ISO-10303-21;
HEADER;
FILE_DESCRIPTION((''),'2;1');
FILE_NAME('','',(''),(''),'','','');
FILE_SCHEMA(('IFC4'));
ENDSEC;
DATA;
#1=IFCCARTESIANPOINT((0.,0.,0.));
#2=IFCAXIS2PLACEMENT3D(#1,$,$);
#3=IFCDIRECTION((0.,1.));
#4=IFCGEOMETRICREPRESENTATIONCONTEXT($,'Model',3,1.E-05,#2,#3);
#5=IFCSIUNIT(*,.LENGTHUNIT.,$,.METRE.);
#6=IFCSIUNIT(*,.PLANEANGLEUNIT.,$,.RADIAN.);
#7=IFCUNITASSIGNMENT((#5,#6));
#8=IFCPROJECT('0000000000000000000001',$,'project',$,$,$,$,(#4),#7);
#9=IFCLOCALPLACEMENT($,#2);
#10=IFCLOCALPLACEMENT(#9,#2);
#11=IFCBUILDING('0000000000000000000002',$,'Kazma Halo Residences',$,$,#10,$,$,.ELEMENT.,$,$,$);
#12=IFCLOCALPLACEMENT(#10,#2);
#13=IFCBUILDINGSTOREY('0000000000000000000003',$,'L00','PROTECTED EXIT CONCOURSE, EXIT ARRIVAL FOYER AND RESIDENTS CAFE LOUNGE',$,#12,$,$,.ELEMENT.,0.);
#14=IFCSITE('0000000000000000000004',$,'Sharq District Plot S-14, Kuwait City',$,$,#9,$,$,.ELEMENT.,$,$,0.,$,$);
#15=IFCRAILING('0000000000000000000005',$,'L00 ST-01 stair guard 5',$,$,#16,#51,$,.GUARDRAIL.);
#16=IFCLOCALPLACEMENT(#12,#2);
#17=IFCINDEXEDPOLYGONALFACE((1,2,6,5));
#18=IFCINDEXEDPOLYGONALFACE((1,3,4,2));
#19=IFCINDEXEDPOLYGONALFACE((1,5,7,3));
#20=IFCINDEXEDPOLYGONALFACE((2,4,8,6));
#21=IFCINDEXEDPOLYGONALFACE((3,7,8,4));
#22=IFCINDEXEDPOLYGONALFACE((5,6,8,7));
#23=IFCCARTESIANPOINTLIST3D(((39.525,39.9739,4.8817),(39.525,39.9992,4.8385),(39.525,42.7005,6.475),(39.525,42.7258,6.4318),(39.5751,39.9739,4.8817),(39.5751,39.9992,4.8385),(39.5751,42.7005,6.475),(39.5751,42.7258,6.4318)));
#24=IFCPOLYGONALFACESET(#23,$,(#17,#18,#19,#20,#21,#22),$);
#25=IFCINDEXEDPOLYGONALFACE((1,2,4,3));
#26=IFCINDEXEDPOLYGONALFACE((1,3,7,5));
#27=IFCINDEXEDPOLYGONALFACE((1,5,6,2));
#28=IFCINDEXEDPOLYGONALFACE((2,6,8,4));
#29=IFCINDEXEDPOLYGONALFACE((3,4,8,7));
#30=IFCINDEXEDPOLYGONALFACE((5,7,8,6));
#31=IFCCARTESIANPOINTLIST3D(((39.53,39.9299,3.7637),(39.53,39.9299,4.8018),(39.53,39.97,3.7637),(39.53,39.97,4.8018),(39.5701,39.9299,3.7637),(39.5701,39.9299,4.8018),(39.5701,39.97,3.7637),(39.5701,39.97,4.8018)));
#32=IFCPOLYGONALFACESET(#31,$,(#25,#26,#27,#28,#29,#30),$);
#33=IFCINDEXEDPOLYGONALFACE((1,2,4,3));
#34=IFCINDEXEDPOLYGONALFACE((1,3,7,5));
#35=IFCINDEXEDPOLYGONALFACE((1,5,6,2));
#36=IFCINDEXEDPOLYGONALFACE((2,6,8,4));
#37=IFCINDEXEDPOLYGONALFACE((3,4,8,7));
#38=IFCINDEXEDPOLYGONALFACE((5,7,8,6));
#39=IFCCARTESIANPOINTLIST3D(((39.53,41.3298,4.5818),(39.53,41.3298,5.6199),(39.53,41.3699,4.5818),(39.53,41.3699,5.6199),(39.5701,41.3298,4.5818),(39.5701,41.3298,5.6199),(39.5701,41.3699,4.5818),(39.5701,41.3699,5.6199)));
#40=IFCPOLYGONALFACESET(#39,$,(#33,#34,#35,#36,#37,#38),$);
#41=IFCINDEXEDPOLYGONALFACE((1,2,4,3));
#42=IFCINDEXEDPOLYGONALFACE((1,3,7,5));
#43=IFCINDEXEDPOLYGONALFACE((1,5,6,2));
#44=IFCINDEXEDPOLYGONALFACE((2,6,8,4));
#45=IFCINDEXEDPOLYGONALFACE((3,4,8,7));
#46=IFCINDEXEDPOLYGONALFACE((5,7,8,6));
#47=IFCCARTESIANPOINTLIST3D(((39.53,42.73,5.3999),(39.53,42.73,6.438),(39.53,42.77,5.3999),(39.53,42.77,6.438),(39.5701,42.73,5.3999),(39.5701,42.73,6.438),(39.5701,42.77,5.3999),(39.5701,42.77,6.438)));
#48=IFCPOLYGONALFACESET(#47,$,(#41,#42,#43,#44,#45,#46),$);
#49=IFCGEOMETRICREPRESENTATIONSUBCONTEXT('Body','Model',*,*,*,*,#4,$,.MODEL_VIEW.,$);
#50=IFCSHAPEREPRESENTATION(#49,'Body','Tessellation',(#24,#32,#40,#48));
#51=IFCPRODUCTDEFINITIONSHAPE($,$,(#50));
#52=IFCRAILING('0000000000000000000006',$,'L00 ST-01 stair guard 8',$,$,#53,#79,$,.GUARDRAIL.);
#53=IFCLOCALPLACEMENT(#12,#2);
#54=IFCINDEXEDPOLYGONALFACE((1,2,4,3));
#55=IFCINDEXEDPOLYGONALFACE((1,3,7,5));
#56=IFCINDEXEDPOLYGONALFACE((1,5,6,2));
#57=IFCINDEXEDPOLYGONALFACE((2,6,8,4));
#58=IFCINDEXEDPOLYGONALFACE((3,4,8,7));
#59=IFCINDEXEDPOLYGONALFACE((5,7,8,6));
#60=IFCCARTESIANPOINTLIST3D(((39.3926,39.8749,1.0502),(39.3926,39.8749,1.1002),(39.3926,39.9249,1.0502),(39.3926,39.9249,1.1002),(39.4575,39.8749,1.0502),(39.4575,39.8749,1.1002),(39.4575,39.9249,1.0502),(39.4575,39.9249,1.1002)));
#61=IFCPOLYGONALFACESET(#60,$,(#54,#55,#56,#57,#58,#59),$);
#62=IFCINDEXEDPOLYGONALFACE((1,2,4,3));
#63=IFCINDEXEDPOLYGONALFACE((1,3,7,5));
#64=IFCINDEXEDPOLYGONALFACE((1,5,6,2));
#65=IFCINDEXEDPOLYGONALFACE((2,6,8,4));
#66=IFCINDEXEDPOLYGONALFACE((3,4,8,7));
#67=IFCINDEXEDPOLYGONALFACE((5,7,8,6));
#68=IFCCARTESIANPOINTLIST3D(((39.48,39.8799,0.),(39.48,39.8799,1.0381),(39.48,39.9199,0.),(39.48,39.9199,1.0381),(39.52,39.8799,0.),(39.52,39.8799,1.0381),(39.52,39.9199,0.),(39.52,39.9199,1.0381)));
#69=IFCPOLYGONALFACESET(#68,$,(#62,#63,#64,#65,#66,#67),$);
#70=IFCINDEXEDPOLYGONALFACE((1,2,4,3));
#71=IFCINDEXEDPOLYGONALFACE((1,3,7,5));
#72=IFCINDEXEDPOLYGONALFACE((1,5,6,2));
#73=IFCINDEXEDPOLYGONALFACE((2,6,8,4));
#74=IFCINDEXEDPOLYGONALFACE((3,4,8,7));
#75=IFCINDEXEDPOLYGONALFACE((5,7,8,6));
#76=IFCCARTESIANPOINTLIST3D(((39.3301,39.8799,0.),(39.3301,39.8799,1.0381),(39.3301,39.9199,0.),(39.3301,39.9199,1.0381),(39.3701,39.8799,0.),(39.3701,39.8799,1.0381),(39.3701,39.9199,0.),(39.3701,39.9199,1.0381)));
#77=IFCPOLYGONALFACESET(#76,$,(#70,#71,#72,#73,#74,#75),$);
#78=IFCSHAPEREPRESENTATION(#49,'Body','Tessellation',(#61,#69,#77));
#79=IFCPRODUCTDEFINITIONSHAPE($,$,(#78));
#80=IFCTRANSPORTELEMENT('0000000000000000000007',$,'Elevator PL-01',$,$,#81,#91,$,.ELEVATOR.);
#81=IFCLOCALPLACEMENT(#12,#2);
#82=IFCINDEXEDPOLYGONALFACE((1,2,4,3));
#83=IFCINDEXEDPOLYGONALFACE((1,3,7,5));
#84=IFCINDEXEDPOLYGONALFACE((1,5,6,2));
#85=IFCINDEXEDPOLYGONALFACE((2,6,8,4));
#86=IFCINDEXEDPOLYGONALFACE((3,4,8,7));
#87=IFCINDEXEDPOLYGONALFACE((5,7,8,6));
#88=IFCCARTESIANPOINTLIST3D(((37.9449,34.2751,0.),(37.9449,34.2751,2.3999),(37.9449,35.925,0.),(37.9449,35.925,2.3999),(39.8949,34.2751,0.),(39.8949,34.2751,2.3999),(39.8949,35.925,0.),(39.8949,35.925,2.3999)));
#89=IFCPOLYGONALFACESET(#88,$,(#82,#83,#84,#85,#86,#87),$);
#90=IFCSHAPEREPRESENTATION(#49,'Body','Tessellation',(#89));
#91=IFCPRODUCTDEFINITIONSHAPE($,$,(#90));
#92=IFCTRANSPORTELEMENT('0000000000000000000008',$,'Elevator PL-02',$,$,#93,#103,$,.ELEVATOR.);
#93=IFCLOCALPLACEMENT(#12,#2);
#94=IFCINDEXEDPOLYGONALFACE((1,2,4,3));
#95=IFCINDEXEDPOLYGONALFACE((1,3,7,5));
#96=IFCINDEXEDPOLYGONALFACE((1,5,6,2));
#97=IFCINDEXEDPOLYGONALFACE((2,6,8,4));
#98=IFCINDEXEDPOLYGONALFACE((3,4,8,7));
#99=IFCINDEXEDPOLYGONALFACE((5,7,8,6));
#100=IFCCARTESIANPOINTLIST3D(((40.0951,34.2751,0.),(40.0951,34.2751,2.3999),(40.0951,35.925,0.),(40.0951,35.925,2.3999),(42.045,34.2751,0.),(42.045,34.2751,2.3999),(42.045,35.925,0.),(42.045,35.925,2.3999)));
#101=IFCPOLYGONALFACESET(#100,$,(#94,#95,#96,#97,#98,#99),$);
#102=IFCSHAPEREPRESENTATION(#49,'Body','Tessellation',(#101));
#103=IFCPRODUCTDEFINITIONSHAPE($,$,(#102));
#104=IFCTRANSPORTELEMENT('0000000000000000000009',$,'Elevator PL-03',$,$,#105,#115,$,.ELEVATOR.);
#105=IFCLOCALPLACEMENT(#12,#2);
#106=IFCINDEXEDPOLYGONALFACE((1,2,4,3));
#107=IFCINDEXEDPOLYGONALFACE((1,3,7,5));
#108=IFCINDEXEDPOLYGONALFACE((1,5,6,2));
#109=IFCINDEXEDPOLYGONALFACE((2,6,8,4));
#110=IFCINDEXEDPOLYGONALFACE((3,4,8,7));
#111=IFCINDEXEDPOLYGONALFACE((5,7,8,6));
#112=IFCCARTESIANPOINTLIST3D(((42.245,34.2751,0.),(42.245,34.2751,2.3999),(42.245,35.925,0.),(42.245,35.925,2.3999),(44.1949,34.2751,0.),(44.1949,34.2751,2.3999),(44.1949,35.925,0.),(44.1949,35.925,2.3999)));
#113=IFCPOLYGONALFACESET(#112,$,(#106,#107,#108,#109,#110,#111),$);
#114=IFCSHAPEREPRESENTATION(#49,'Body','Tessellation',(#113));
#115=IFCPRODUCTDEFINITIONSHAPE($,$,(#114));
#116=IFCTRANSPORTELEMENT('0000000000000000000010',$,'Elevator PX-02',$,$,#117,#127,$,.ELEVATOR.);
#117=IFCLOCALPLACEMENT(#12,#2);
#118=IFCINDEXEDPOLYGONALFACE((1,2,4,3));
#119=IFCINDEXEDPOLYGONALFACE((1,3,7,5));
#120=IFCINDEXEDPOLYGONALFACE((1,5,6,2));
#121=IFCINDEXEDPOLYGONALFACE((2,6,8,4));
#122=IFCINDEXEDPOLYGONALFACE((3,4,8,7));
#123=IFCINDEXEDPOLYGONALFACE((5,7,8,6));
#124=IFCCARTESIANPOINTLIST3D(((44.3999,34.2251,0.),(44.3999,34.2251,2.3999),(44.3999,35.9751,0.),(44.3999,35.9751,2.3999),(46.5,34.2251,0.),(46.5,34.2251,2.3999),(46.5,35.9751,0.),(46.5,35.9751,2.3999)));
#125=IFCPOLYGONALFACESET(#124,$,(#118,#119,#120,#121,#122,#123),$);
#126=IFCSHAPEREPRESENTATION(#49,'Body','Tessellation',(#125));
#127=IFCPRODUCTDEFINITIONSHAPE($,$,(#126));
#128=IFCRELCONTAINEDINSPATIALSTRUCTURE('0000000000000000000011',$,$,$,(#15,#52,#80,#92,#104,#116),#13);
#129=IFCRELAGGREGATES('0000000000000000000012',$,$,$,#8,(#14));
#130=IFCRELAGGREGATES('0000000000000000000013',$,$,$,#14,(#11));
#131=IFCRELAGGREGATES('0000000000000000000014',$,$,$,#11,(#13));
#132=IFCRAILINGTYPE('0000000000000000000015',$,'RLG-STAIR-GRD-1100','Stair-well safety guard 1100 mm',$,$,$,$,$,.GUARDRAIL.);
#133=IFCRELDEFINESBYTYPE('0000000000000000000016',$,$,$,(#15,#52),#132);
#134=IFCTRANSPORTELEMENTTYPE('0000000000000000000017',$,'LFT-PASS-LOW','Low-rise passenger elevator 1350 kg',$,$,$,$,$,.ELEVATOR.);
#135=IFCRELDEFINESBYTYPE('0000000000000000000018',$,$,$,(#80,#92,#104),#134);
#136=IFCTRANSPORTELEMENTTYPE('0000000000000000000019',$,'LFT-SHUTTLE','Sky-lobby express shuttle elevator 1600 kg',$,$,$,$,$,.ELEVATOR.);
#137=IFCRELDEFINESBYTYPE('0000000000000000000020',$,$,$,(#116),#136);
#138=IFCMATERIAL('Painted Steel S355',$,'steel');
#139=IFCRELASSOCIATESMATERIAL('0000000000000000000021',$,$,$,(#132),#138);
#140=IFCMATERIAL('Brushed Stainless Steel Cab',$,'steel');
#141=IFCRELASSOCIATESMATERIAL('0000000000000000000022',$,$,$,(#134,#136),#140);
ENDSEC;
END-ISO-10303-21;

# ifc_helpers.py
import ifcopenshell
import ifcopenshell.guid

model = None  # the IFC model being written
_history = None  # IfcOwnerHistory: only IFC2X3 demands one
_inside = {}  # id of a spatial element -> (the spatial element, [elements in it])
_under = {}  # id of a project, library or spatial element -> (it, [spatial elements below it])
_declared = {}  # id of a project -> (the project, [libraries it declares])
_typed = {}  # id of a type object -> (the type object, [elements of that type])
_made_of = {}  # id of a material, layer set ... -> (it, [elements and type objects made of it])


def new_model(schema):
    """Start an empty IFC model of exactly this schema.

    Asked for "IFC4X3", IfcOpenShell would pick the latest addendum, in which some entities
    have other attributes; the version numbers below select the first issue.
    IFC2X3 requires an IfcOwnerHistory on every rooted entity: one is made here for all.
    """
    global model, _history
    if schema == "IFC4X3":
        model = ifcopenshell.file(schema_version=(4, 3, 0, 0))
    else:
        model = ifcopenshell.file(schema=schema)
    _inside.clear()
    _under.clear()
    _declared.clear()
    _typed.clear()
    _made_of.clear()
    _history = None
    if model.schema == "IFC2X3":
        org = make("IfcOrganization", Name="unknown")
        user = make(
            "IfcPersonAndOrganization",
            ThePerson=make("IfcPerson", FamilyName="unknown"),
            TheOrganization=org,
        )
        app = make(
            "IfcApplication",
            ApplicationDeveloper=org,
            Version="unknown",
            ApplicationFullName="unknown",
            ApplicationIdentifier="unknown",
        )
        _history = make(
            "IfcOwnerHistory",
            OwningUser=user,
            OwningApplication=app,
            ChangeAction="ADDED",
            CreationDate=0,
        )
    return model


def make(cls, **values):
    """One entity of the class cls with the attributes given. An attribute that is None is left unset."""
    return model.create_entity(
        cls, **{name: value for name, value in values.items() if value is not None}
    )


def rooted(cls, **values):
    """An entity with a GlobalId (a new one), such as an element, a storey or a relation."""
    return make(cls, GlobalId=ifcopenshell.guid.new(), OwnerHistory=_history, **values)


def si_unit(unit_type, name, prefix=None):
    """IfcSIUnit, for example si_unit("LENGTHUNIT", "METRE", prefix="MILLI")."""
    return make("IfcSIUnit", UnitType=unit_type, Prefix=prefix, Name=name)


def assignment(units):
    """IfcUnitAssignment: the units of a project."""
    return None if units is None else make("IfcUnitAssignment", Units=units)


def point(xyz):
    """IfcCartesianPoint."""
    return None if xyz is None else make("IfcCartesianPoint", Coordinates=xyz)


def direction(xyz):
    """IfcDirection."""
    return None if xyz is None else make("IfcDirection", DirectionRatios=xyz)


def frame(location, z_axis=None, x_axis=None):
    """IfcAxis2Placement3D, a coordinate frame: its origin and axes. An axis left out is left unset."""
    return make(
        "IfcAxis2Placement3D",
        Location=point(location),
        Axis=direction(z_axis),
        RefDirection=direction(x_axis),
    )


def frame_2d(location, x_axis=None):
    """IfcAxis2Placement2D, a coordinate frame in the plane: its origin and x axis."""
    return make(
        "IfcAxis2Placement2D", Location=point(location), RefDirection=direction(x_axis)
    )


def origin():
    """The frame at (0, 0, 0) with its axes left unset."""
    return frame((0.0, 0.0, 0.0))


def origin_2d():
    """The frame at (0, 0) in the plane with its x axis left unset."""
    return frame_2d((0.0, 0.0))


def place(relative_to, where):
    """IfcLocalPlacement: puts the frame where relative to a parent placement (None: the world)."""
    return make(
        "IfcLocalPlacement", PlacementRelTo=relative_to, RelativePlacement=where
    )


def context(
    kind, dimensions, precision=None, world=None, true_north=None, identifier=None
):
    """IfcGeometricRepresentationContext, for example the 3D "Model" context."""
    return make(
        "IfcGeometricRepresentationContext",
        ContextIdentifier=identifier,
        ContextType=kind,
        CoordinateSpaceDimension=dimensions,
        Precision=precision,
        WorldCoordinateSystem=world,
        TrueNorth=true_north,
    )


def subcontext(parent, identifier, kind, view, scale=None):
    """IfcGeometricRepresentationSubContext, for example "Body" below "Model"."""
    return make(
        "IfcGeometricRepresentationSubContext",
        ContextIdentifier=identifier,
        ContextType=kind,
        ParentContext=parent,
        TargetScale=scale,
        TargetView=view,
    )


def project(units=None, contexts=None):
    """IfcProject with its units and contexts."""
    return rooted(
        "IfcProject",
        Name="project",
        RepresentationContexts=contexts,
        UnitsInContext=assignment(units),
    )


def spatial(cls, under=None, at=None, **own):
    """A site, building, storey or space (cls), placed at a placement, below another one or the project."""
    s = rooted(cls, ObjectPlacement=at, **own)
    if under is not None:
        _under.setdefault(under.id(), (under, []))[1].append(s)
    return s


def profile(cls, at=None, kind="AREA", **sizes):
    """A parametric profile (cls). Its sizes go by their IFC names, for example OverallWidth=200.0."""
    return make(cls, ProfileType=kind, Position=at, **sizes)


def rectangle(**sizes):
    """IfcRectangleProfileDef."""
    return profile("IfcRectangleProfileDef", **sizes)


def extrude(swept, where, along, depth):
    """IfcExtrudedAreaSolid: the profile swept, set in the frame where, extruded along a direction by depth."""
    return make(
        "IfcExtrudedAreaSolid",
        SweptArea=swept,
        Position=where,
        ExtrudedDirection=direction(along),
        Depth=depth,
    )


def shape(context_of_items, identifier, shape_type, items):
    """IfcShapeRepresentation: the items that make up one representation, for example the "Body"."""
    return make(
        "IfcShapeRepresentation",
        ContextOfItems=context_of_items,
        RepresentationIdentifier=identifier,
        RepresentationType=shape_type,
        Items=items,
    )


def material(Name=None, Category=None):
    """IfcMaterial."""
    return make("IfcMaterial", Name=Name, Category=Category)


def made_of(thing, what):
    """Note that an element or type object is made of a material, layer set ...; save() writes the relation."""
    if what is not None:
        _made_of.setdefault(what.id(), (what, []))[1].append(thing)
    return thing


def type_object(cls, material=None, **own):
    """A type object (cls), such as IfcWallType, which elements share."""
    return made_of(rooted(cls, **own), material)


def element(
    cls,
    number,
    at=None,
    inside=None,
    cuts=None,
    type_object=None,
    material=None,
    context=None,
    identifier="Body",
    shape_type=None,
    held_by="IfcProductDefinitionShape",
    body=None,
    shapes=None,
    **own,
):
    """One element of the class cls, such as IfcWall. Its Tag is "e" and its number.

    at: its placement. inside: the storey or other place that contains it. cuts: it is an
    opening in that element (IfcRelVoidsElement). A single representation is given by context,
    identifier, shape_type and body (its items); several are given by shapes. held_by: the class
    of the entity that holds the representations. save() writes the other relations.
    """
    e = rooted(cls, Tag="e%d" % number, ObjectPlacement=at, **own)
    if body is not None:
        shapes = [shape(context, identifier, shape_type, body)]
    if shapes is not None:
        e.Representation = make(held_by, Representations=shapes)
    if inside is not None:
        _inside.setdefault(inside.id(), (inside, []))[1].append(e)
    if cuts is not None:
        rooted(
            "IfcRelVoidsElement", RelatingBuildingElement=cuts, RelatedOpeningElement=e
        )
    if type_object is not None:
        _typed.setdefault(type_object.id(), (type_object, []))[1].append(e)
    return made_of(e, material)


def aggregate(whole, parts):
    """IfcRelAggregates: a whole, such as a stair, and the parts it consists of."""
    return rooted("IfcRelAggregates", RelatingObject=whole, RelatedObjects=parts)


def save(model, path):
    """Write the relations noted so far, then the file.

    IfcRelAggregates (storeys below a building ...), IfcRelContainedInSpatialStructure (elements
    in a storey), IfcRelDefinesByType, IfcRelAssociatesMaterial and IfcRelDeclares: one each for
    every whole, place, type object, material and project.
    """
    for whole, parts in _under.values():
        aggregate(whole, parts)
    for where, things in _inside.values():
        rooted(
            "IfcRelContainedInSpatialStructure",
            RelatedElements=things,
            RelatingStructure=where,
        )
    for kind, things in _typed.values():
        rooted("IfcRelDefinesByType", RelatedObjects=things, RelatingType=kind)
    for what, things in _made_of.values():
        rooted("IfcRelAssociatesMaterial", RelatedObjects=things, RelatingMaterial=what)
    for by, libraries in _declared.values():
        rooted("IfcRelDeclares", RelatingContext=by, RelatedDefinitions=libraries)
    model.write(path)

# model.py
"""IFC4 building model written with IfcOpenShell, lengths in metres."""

from ifc_helpers import new_model, si_unit, direction, frame, origin, origin_2d, place, context, subcontext, project, spatial, rectangle, extrude, material, type_object, element, save


model = new_model("IFC4")

# Units and contexts
model_context = context("Model", 3, precision=1e-05, world=origin(), true_north=direction((0.0, 1.0)))
body_context = subcontext(model_context, "Body", "Model", "MODEL_VIEW")
ifc_project = project(units=[si_unit("LENGTHUNIT", "METRE"), si_unit("PLANEANGLEUNIT", "RADIAN")], contexts=[model_context])

# Site, building, storey
site_placement = place(None, origin())
site = spatial("IfcSite", under=ifc_project, at=site_placement, Name="Sharq District Plot S-14, Kuwait City", CompositionType="ELEMENT", RefElevation=0.0)
building_placement = place(site_placement, origin())
building = spatial("IfcBuilding", under=site, at=building_placement, Name="Kazma Halo Residences", CompositionType="ELEMENT")
storey_placement = place(building_placement, origin())
storey = spatial("IfcBuildingStorey", under=building, at=storey_placement, Name="L00", Description="PROTECTED EXIT CONCOURSE, EXIT ARRIVAL FOYER AND RESIDENTS CAFE LOUNGE", CompositionType="ELEMENT", Elevation=0.0)

# Railings
ifc_material_1 = material(Name="Painted Steel S355", Category="steel")
railing_type = type_object("IfcRailingType", Name="RLG-STAIR-GRD-1100", Description="Stair-well safety guard 1100 mm", PredefinedType="GUARDRAIL", material=ifc_material_1)
railing_1_placement = place(storey_placement, frame((39.55, 39.95, 3.7637)))
element("IfcRailing", 1, at=railing_1_placement, inside=storey, type_object=railing_type, Name="L00 ST-01 stair guard 5", PredefinedType="GUARDRAIL", context=body_context, shape_type="SweptSolid", body=[
    extrude(rectangle(XDim=0.05, YDim=0.05, at=origin_2d()), frame((0.0, 0.0366, 1.0964), z_axis=(0.0, 0.863394, 0.504531), x_axis=(-1.0, 0.0, 0.0)), (0.0, 0.0, 1.0), 3.158),
    extrude(rectangle(XDim=0.04, YDim=0.04, at=origin_2d()), origin(), (0.0, 0.0, 1.0), 1.0381),
    extrude(rectangle(XDim=0.04, YDim=0.04, at=origin_2d()), frame((0.0, 1.3999, 0.8181)), (0.0, 0.0, 1.0), 1.0381),
    extrude(rectangle(XDim=0.04, YDim=0.04, at=origin_2d()), frame((0.0, 2.8, 1.6362)), (0.0, 0.0, 1.0), 1.0381),
])
railing_2_placement = place(storey_placement, frame((39.5, 39.8999, 0.0)))
element("IfcRailing", 2, at=railing_2_placement, inside=storey, type_object=railing_type, Name="L00 ST-01 stair guard 8", PredefinedType="GUARDRAIL", context=body_context, shape_type="SweptSolid", body=[
    extrude(rectangle(XDim=0.05, YDim=0.05, at=origin_2d()), frame((-0.0425, 0.0, 1.0752), z_axis=(-1.0, 0.0, 0.0), x_axis=(0.0, -1.0, 0.0)), (0.0, 0.0, 1.0), 0.0649),
    extrude(rectangle(XDim=0.04, YDim=0.04, at=origin_2d()), origin(), (0.0, 0.0, 1.0), 1.0381),
    extrude(rectangle(XDim=0.04, YDim=0.04, at=origin_2d()), frame((-0.1499, 0.0, 0.0)), (0.0, 0.0, 1.0), 1.0381),
])

# Transport elements
ifc_material_2 = material(Name="Brushed Stainless Steel Cab", Category="steel")
transport_element_type_1 = type_object("IfcTransportElementType", Name="LFT-PASS-LOW", Description="Low-rise passenger elevator 1350 kg", PredefinedType="ELEVATOR", material=ifc_material_2)
for number, where, z_axis, x_axis, name in (
    (3, (38.9199, 35.1001, 0.0), (0.0, 0.0, 1.0), (1.0, 0.0, 0.0), "Elevator PL-01"),
    (4, (41.0701, 35.1001, 0.0), (0.0, 0.0, 1.0), (1.0, 0.0, 0.0), "Elevator PL-02"),
    (5, (43.22, 35.1001, 0.0), (0.0, 0.0, 1.0), (1.0, 0.0, 0.0), "Elevator PL-03"),
):
    element("IfcTransportElement", number, at=place(storey_placement, frame(where, z_axis=z_axis, x_axis=x_axis)), inside=storey, type_object=transport_element_type_1, Name=name, PredefinedType="ELEVATOR", context=body_context, shape_type="SweptSolid", body=[
        extrude(rectangle(XDim=1.95, YDim=1.6499, at=origin_2d()), origin(), (0.0, 0.0, 1.0), 2.3999),
    ])
transport_element_type_2 = type_object("IfcTransportElementType", Name="LFT-SHUTTLE", Description="Sky-lobby express shuttle elevator 1600 kg", PredefinedType="ELEVATOR", material=ifc_material_2)
transport_element_placement = place(storey_placement, frame((45.45, 35.1001, 0.0), z_axis=(0.0, 0.0, 1.0), x_axis=(1.0, 0.0, 0.0)))
element("IfcTransportElement", 6, at=transport_element_placement, inside=storey, type_object=transport_element_type_2, Name="Elevator PX-02", PredefinedType="ELEVATOR", context=body_context, shape_type="SweptSolid", body=[
    extrude(rectangle(XDim=2.1001, YDim=1.75, at=origin_2d()), origin(), (0.0, 0.0, 1.0), 2.3999),
])

save(model, "model.ifc")
